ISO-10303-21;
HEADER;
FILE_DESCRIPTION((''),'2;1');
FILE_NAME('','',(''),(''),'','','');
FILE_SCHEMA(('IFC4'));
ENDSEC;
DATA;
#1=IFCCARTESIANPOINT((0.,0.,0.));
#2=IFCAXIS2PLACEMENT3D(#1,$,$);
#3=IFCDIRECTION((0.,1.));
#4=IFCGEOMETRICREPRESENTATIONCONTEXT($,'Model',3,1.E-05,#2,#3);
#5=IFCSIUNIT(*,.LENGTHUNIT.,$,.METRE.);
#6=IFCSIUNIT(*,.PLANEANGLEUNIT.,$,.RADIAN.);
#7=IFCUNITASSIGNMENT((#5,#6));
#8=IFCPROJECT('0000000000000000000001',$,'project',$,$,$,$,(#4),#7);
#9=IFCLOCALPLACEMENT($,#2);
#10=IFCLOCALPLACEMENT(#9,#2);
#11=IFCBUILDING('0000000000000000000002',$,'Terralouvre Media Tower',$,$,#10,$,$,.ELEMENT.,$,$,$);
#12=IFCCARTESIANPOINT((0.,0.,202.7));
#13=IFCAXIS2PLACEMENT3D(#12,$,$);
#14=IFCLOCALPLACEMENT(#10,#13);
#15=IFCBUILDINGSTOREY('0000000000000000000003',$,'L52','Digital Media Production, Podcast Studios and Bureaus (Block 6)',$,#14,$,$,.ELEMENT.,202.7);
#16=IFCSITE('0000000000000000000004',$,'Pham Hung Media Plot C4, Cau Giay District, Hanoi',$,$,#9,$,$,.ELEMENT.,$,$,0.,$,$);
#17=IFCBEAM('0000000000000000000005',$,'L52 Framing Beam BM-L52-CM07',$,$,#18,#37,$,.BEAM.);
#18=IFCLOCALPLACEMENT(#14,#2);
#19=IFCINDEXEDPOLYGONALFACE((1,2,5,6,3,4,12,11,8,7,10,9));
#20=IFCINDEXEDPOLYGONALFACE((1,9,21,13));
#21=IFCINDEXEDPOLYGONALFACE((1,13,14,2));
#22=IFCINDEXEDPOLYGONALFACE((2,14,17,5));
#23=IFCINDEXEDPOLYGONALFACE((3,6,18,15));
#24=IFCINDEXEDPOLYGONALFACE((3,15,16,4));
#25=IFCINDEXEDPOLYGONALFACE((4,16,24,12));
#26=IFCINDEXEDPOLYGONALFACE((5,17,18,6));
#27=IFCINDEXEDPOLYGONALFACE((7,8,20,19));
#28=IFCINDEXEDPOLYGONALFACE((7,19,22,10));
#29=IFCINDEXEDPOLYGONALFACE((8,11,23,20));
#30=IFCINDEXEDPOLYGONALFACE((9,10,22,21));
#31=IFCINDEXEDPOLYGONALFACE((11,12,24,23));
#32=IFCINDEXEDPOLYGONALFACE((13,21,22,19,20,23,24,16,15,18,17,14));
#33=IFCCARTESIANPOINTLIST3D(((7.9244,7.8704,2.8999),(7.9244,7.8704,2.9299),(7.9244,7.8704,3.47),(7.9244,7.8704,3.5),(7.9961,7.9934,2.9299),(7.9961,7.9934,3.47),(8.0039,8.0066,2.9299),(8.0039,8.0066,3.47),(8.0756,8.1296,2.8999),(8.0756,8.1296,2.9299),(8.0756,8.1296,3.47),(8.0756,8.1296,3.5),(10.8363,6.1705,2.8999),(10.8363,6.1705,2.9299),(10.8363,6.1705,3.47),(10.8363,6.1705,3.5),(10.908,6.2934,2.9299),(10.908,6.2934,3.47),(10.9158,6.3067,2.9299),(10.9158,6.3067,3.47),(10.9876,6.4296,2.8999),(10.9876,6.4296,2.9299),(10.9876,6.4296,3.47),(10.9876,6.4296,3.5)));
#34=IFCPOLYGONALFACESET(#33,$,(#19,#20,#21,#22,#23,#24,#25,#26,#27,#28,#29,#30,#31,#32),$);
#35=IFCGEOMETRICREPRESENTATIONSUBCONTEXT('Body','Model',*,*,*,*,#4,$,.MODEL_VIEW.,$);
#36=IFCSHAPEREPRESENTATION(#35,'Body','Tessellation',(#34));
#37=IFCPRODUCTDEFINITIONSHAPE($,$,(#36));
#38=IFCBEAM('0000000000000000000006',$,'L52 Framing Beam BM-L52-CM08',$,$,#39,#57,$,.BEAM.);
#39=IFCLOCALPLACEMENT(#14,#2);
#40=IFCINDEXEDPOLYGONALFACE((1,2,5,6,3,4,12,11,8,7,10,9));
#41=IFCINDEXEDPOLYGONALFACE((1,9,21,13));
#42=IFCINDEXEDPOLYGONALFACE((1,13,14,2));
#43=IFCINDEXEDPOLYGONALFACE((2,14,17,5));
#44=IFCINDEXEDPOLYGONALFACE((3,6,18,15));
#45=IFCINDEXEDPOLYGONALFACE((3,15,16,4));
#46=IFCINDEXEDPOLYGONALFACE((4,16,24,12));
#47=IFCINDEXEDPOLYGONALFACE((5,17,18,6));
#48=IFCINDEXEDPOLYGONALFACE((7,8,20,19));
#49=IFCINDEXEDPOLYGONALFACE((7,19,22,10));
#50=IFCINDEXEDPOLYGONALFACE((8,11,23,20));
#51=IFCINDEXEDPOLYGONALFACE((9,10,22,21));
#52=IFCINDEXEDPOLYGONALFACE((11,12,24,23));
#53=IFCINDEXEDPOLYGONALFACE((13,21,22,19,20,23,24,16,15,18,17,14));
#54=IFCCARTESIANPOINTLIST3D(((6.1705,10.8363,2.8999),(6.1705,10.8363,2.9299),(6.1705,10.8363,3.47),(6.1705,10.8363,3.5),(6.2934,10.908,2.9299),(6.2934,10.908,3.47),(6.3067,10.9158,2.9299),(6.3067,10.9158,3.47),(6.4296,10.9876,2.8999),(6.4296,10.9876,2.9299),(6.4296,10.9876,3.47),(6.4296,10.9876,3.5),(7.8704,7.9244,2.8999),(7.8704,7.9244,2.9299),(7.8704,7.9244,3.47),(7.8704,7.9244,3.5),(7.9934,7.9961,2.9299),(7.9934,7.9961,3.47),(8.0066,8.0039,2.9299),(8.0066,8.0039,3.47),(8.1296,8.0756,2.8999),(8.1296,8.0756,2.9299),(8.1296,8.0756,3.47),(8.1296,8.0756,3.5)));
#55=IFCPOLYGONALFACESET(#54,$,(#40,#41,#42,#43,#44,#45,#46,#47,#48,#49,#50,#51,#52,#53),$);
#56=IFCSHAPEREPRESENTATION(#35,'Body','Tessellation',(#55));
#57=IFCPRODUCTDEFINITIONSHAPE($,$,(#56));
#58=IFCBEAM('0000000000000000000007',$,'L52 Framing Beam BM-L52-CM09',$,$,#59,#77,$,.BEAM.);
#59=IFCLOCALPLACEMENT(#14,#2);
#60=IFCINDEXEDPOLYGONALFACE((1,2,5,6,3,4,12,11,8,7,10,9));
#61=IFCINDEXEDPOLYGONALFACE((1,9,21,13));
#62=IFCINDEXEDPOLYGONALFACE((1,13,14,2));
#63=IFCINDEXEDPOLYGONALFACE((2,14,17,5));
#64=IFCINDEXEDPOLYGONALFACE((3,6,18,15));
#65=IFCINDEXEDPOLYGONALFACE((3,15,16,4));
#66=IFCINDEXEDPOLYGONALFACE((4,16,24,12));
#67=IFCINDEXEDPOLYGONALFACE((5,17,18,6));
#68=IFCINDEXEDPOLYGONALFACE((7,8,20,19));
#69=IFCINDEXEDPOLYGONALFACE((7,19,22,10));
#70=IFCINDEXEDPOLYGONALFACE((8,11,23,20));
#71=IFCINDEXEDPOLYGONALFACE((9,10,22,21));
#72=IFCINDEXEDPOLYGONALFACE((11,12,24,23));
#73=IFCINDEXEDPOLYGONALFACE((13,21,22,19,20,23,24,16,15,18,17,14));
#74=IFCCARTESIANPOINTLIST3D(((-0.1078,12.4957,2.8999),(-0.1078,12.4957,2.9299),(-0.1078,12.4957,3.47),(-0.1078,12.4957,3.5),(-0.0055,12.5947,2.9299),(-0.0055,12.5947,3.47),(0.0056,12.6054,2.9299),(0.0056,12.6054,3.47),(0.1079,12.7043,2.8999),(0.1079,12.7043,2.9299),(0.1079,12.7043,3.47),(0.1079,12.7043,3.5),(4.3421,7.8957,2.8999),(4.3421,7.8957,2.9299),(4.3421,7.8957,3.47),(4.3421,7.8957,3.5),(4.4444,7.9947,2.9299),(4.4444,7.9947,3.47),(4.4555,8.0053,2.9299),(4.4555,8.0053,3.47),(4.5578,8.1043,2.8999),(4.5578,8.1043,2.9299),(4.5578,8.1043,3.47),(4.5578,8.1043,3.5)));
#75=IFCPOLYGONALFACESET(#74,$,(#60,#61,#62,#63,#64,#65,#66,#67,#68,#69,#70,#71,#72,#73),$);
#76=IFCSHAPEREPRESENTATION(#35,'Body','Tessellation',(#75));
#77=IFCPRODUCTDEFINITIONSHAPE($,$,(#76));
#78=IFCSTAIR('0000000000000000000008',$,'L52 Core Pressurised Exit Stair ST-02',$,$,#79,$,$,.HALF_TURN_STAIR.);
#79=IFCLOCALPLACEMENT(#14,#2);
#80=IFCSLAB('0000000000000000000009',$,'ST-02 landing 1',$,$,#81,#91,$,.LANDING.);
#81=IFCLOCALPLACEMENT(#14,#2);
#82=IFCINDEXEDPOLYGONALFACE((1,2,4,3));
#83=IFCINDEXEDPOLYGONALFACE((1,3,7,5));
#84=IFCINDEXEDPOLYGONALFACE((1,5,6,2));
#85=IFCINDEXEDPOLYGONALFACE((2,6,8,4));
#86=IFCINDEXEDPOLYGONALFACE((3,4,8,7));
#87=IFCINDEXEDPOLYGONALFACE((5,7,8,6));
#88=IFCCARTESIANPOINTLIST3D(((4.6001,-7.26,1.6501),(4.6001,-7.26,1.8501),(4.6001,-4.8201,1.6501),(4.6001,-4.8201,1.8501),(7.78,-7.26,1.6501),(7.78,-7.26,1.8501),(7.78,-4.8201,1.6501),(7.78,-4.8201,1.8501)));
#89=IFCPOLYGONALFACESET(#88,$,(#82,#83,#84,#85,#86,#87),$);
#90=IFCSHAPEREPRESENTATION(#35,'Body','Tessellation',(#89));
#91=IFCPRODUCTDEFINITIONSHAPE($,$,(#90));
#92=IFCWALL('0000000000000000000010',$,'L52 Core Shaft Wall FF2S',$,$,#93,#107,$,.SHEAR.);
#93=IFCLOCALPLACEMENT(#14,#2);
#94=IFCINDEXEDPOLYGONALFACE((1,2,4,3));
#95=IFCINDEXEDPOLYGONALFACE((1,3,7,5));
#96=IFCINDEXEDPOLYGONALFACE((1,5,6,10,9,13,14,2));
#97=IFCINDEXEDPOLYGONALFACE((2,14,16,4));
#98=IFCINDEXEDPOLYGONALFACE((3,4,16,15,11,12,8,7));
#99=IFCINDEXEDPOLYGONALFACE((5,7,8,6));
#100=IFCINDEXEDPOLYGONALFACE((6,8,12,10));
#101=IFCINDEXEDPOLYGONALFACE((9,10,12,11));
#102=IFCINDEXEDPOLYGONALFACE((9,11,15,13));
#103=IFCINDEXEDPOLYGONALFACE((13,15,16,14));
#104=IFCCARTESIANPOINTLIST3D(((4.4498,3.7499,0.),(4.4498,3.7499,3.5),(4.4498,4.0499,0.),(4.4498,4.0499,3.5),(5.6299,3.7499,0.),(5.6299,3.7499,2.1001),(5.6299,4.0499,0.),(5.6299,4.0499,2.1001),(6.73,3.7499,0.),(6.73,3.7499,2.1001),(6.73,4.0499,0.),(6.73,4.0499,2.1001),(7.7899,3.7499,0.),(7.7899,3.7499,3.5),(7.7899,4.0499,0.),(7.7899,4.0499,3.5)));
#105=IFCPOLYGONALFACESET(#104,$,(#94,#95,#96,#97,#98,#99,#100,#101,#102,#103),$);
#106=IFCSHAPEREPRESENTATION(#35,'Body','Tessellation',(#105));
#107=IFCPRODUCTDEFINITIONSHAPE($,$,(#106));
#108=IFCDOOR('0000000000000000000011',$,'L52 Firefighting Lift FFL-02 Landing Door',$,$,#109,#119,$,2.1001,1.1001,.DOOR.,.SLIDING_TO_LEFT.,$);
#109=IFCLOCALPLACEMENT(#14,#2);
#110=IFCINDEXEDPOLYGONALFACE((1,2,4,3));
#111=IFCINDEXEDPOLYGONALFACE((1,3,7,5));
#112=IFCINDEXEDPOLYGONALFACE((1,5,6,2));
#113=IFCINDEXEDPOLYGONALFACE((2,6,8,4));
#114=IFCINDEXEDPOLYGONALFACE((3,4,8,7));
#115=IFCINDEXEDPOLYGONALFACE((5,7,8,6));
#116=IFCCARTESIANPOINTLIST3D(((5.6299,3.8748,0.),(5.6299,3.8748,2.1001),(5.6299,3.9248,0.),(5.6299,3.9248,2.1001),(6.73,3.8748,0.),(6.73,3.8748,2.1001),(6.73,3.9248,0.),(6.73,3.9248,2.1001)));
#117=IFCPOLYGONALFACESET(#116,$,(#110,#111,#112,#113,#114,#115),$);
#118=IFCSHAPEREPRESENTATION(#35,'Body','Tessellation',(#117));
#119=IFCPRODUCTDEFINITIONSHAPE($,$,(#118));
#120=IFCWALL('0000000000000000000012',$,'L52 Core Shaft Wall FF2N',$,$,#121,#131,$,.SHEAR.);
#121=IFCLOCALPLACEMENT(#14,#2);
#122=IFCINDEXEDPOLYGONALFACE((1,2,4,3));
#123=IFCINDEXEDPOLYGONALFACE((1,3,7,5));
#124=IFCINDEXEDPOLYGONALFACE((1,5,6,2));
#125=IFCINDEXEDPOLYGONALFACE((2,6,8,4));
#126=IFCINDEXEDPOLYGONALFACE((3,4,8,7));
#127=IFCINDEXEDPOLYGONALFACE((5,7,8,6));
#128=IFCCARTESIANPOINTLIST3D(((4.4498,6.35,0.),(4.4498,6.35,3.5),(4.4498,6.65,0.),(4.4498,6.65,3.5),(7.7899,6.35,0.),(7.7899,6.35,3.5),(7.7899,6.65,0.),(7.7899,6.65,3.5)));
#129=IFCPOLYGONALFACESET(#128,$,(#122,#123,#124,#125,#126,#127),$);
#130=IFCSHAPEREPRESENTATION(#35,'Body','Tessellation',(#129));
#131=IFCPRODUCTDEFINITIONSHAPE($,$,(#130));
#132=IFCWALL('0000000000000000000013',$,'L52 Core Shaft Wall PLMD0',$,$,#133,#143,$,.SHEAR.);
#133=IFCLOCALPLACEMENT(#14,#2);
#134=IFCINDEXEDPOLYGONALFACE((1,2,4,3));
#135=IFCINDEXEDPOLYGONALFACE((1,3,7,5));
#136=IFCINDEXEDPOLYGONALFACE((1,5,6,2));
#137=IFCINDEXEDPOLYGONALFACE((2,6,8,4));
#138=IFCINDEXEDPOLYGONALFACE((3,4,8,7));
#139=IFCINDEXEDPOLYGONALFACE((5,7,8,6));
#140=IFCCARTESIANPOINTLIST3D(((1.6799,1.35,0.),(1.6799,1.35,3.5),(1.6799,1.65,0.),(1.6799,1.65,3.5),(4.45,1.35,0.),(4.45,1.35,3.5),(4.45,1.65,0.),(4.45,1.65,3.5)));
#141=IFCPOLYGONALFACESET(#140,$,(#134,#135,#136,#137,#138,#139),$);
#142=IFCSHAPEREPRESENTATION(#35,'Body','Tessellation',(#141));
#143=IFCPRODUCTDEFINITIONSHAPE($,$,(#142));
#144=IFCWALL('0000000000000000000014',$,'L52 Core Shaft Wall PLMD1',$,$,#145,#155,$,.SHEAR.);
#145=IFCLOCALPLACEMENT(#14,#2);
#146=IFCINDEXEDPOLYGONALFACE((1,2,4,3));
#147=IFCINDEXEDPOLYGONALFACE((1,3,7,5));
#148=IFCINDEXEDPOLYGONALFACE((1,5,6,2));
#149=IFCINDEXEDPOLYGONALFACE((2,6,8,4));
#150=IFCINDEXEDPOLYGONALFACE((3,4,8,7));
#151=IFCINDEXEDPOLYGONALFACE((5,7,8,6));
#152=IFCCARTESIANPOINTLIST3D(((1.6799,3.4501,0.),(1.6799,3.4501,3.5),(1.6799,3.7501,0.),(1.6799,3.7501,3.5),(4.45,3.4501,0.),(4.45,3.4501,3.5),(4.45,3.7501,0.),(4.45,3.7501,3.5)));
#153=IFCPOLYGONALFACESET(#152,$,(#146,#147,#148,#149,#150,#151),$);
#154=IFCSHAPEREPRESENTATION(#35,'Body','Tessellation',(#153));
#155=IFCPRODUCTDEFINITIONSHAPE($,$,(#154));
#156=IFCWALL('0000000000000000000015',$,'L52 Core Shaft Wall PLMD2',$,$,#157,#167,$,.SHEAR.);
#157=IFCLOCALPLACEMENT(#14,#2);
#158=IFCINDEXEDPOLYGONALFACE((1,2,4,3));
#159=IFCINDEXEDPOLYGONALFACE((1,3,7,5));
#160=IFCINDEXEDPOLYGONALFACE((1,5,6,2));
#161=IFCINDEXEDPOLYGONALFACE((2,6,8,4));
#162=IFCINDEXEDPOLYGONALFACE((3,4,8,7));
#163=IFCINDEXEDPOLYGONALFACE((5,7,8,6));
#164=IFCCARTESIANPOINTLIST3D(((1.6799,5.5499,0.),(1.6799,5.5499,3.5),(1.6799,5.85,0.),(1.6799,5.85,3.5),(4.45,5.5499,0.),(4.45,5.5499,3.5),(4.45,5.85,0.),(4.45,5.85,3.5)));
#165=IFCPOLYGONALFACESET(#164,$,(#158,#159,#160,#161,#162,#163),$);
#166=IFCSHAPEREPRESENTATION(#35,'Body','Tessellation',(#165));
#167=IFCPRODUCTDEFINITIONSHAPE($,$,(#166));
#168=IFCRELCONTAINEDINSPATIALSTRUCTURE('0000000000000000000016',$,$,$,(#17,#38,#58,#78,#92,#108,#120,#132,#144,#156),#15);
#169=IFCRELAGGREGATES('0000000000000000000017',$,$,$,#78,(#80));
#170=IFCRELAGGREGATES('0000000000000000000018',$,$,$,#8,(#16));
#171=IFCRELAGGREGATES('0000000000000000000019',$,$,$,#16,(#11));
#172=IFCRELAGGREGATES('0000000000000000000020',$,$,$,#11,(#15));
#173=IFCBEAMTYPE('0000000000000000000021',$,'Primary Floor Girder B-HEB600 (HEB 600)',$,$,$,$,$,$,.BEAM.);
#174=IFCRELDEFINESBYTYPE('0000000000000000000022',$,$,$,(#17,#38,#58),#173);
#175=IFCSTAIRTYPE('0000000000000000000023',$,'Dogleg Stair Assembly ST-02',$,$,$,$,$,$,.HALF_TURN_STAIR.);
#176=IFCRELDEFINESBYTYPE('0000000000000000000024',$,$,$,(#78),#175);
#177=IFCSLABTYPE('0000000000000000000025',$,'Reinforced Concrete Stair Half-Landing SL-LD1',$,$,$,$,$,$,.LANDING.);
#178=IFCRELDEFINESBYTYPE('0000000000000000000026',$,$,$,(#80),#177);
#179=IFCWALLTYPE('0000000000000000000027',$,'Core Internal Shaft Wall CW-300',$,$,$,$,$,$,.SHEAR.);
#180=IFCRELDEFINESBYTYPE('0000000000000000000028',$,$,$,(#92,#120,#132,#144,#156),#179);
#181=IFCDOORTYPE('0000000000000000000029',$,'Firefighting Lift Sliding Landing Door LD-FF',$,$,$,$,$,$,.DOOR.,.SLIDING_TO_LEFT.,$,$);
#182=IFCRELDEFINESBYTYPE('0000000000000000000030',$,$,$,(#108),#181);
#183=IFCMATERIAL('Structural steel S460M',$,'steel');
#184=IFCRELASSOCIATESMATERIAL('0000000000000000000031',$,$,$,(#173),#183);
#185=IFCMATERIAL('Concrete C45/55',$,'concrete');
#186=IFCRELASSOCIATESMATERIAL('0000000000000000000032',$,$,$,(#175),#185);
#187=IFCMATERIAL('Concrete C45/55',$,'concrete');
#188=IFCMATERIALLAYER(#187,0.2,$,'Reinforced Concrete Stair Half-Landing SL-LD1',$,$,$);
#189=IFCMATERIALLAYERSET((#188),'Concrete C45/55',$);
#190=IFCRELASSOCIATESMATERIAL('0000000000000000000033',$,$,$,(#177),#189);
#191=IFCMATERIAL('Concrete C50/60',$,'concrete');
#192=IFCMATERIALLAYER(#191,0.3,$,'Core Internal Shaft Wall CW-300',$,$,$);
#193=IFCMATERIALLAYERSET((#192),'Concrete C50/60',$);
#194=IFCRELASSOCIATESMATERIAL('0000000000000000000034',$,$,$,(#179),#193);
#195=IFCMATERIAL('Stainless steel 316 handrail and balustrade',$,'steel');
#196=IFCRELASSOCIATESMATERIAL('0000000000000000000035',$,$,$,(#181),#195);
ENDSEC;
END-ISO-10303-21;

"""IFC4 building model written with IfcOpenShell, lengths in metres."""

from ifc_helpers import new_model, si_unit, direction, frame, frame_2d, origin, origin_2d, place, context, subcontext, project, spatial, polyline, rectangle, i_section, outline, extrude, material, layer, layer_set, material_profile, profile_set, type_object, element, fill, aggregate, save


model = new_model("IFC4")

# Units and contexts
model_context = context("Model", 3, precision=1e-05, world=origin(), true_north=direction((0.0, 1.0)))
body_context = subcontext(model_context, "Body", "Model", "MODEL_VIEW")
ifc_project = project(units=[si_unit("LENGTHUNIT", "METRE"), si_unit("PLANEANGLEUNIT", "RADIAN")], contexts=[model_context])

# Site, building, storey
site_placement = place(None, origin())
site = spatial("IfcSite", under=ifc_project, at=site_placement, Name="Pham Hung Media Plot C4, Cau Giay District, Hanoi", CompositionType="ELEMENT", RefElevation=0.0)
building_placement = place(site_placement, origin())
building = spatial("IfcBuilding", under=site, at=building_placement, Name="Terralouvre Media Tower", CompositionType="ELEMENT")
storey_placement = place(building_placement, frame((0.0, 0.0, 202.7)))
storey = spatial("IfcBuildingStorey", under=building, at=storey_placement, Name="L52", Description="Digital Media Production, Podcast Studios and Bureaus (Block 6)", CompositionType="ELEMENT", Elevation=202.7)

# Beams
ifc_material_1 = material(Name="Structural steel S460M", Category="steel")
ifc_material_profile_1 = material_profile(ifc_material_1, i_section(OverallWidth=0.3, OverallDepth=0.6001, WebThickness=0.0154, FlangeThickness=0.03, at=origin_2d()), Name="HEB 600")
ifc_profile_set_1 = profile_set([ifc_material_profile_1], Name="Structural steel S460M")
beam_type_1 = type_object("IfcBeamType", Name="Primary Floor Girder B-HEB600 (HEB 600)", PredefinedType="BEAM", material=ifc_profile_set_1)
for number, where, z_axis, x_axis, name in (
    (1, (8.0, 8.0, 3.2), (0.863603, -0.504173, 0.0), (0.504173, 0.863603, 0.0), "L52 Framing Beam BM-L52-CM07"),
    (2, (8.0, 8.0, 3.2), (-0.504173, 0.863603, 0.0), (-0.863603, -0.504173, 0.0), "L52 Framing Beam BM-L52-CM08"),
):
    element("IfcBeam", number, at=place(storey_placement, frame(where, z_axis=z_axis, x_axis=x_axis)), inside=storey, type_object=beam_type_1, Name=name, PredefinedType="BEAM", context=body_context, shape_type="SweptSolid", body=[
        extrude(i_section(OverallWidth=0.3, OverallDepth=0.6001, WebThickness=0.0154, FlangeThickness=0.03, at=origin_2d()), origin(), (0.0, 0.0, 1.0), 3.3718),
    ])
beam_1_placement = place(storey_placement, frame((4.45, 8.0, 3.2), z_axis=(-0.69528, 0.718739, 0.0), x_axis=(-0.718739, -0.69528, 0.0)))
element("IfcBeam", 3, at=beam_1_placement, inside=storey, type_object=beam_type_1, Name="L52 Framing Beam BM-L52-CM09", PredefinedType="BEAM", context=body_context, shape_type="SweptSolid", body=[
    extrude(i_section(OverallWidth=0.3, OverallDepth=0.6001, WebThickness=0.0154, FlangeThickness=0.03, at=origin_2d()), origin(), (0.0, 0.0, 1.0), 6.4001),
])

# Stair, slab
ifc_material_2 = material(Name="Concrete C45/55", Category="concrete")
stair_type = type_object("IfcStairType", Name="Dogleg Stair Assembly ST-02", PredefinedType="HALF_TURN_STAIR", material=ifc_material_2)
stair_placement = place(storey_placement, origin())
stair = element("IfcStair", 4, at=stair_placement, inside=storey, type_object=stair_type, Name="L52 Core Pressurised Exit Stair ST-02", PredefinedType="HALF_TURN_STAIR")
ifc_material_3 = material(Name="Concrete C45/55", Category="concrete")
ifc_layer_1 = layer(ifc_material_3, 0.2, Name="Reinforced Concrete Stair Half-Landing SL-LD1")
ifc_layer_set_1 = layer_set([ifc_layer_1], Name="Concrete C45/55")
slab_type = type_object("IfcSlabType", Name="Reinforced Concrete Stair Half-Landing SL-LD1", PredefinedType="LANDING", material=ifc_layer_set_1)
slab_placement = place(storey_placement, frame((0.0, 0.0, 1.6501)))
slab = element("IfcSlab", 5, at=slab_placement, type_object=slab_type, Name="ST-02 landing 1", PredefinedType="LANDING", context=body_context, shape_type="SweptSolid", body=[
    extrude(outline(polyline([(4.6001, -4.8201), (4.6001, -7.26), (7.78, -7.26), (7.78, -4.8201), (4.6001, -4.8201)])), origin(), (0.0, 0.0, 1.0), 0.2),
])
aggregate(stair, [slab])

# Wall, opening, door
ifc_material_4 = material(Name="Concrete C50/60", Category="concrete")
ifc_layer_2 = layer(ifc_material_4, 0.3, Name="Core Internal Shaft Wall CW-300")
ifc_layer_set_2 = layer_set([ifc_layer_2], Name="Concrete C50/60")
wall_type_1 = type_object("IfcWallType", Name="Core Internal Shaft Wall CW-300", PredefinedType="SHEAR", material=ifc_layer_set_2)
wall_1_placement = place(storey_placement, frame((4.45, 3.8999, 0.0), z_axis=(0.0, 0.0, 1.0), x_axis=(1.0, 0.0, 0.0)))
wall_1 = element("IfcWall", 6, at=wall_1_placement, inside=storey, type_object=wall_type_1, Name="L52 Core Shaft Wall FF2S", PredefinedType="SHEAR", context=body_context, shape_type="SweptSolid", body=[
    extrude(rectangle(XDim=3.3401, YDim=0.3, at=frame_2d((1.6699, 0.0))), origin(), (0.0, 0.0, 1.0), 3.5),
])
opening_1_placement = place(wall_1_placement, frame((1.1799, 0.0, 0.0)))
opening_1 = element("IfcOpeningElement", 7, at=opening_1_placement, cuts=wall_1, PredefinedType="OPENING", context=body_context, shape_type="SweptSolid", body=[
    extrude(rectangle(XDim=1.1001, YDim=2.1001, at=frame_2d((0.55, 1.05))), frame((0.0, 0.1599, 0.0), z_axis=(0.0, -1.0, 0.0), x_axis=(1.0, 0.0, 0.0)), (0.0, 0.0, 1.0), 0.3201),
])
ifc_material_5 = material(Name="Stainless steel 316 handrail and balustrade", Category="steel")
door_type_1 = type_object("IfcDoorType", Name="Firefighting Lift Sliding Landing Door LD-FF", OperationType="SLIDING_TO_LEFT", PredefinedType="DOOR", material=ifc_material_5)
door_1_placement = place(opening_1_placement, origin())
door_1 = element("IfcDoor", 8, at=door_1_placement, inside=storey, type_object=door_type_1, Name="L52 Firefighting Lift FFL-02 Landing Door", OperationType="SLIDING_TO_LEFT", OverallHeight=2.1001, OverallWidth=1.1001, PredefinedType="DOOR", context=body_context, shape_type="SweptSolid", body=[
    extrude(rectangle(XDim=1.1001, YDim=2.1001, at=frame_2d((0.55, 1.05))), frame((0.0, 0.0249, 0.0), z_axis=(0.0, -1.0, 0.0), x_axis=(1.0, 0.0, 0.0)), (0.0, 0.0, 1.0), 0.05),
])
fill(opening_1, door_1)

# Walls
wall_2_placement = place(storey_placement, frame((4.45, 6.5, 0.0), z_axis=(0.0, 0.0, 1.0), x_axis=(1.0, 0.0, 0.0)))
element("IfcWall", 9, at=wall_2_placement, inside=storey, type_object=wall_type_1, Name="L52 Core Shaft Wall FF2N", PredefinedType="SHEAR", context=body_context, shape_type="SweptSolid", body=[
    extrude(rectangle(XDim=3.3401, YDim=0.3, at=frame_2d((1.6699, 0.0))), origin(), (0.0, 0.0, 1.0), 3.5),
])
for number, where, z_axis, x_axis, name in (
    (10, (1.6799, 1.5, 0.0), (0.0, 0.0, 1.0), (1.0, 0.0, 0.0), "L52 Core Shaft Wall PLMD0"),
    (11, (1.6799, 3.6001, 0.0), (0.0, 0.0, 1.0), (1.0, 0.0, 0.0), "L52 Core Shaft Wall PLMD1"),
    (12, (1.6799, 5.7, 0.0), (0.0, 0.0, 1.0), (1.0, 0.0, 0.0), "L52 Core Shaft Wall PLMD2"),
):
    element("IfcWall", number, at=place(storey_placement, frame(where, z_axis=z_axis, x_axis=x_axis)), inside=storey, type_object=wall_type_1, Name=name, PredefinedType="SHEAR", context=body_context, shape_type="SweptSolid", body=[
        extrude(rectangle(XDim=2.77, YDim=0.3, at=frame_2d((1.385, 0.0))), origin(), (0.0, 0.0, 1.0), 3.5),
    ])

save(model, "model.ifc")
